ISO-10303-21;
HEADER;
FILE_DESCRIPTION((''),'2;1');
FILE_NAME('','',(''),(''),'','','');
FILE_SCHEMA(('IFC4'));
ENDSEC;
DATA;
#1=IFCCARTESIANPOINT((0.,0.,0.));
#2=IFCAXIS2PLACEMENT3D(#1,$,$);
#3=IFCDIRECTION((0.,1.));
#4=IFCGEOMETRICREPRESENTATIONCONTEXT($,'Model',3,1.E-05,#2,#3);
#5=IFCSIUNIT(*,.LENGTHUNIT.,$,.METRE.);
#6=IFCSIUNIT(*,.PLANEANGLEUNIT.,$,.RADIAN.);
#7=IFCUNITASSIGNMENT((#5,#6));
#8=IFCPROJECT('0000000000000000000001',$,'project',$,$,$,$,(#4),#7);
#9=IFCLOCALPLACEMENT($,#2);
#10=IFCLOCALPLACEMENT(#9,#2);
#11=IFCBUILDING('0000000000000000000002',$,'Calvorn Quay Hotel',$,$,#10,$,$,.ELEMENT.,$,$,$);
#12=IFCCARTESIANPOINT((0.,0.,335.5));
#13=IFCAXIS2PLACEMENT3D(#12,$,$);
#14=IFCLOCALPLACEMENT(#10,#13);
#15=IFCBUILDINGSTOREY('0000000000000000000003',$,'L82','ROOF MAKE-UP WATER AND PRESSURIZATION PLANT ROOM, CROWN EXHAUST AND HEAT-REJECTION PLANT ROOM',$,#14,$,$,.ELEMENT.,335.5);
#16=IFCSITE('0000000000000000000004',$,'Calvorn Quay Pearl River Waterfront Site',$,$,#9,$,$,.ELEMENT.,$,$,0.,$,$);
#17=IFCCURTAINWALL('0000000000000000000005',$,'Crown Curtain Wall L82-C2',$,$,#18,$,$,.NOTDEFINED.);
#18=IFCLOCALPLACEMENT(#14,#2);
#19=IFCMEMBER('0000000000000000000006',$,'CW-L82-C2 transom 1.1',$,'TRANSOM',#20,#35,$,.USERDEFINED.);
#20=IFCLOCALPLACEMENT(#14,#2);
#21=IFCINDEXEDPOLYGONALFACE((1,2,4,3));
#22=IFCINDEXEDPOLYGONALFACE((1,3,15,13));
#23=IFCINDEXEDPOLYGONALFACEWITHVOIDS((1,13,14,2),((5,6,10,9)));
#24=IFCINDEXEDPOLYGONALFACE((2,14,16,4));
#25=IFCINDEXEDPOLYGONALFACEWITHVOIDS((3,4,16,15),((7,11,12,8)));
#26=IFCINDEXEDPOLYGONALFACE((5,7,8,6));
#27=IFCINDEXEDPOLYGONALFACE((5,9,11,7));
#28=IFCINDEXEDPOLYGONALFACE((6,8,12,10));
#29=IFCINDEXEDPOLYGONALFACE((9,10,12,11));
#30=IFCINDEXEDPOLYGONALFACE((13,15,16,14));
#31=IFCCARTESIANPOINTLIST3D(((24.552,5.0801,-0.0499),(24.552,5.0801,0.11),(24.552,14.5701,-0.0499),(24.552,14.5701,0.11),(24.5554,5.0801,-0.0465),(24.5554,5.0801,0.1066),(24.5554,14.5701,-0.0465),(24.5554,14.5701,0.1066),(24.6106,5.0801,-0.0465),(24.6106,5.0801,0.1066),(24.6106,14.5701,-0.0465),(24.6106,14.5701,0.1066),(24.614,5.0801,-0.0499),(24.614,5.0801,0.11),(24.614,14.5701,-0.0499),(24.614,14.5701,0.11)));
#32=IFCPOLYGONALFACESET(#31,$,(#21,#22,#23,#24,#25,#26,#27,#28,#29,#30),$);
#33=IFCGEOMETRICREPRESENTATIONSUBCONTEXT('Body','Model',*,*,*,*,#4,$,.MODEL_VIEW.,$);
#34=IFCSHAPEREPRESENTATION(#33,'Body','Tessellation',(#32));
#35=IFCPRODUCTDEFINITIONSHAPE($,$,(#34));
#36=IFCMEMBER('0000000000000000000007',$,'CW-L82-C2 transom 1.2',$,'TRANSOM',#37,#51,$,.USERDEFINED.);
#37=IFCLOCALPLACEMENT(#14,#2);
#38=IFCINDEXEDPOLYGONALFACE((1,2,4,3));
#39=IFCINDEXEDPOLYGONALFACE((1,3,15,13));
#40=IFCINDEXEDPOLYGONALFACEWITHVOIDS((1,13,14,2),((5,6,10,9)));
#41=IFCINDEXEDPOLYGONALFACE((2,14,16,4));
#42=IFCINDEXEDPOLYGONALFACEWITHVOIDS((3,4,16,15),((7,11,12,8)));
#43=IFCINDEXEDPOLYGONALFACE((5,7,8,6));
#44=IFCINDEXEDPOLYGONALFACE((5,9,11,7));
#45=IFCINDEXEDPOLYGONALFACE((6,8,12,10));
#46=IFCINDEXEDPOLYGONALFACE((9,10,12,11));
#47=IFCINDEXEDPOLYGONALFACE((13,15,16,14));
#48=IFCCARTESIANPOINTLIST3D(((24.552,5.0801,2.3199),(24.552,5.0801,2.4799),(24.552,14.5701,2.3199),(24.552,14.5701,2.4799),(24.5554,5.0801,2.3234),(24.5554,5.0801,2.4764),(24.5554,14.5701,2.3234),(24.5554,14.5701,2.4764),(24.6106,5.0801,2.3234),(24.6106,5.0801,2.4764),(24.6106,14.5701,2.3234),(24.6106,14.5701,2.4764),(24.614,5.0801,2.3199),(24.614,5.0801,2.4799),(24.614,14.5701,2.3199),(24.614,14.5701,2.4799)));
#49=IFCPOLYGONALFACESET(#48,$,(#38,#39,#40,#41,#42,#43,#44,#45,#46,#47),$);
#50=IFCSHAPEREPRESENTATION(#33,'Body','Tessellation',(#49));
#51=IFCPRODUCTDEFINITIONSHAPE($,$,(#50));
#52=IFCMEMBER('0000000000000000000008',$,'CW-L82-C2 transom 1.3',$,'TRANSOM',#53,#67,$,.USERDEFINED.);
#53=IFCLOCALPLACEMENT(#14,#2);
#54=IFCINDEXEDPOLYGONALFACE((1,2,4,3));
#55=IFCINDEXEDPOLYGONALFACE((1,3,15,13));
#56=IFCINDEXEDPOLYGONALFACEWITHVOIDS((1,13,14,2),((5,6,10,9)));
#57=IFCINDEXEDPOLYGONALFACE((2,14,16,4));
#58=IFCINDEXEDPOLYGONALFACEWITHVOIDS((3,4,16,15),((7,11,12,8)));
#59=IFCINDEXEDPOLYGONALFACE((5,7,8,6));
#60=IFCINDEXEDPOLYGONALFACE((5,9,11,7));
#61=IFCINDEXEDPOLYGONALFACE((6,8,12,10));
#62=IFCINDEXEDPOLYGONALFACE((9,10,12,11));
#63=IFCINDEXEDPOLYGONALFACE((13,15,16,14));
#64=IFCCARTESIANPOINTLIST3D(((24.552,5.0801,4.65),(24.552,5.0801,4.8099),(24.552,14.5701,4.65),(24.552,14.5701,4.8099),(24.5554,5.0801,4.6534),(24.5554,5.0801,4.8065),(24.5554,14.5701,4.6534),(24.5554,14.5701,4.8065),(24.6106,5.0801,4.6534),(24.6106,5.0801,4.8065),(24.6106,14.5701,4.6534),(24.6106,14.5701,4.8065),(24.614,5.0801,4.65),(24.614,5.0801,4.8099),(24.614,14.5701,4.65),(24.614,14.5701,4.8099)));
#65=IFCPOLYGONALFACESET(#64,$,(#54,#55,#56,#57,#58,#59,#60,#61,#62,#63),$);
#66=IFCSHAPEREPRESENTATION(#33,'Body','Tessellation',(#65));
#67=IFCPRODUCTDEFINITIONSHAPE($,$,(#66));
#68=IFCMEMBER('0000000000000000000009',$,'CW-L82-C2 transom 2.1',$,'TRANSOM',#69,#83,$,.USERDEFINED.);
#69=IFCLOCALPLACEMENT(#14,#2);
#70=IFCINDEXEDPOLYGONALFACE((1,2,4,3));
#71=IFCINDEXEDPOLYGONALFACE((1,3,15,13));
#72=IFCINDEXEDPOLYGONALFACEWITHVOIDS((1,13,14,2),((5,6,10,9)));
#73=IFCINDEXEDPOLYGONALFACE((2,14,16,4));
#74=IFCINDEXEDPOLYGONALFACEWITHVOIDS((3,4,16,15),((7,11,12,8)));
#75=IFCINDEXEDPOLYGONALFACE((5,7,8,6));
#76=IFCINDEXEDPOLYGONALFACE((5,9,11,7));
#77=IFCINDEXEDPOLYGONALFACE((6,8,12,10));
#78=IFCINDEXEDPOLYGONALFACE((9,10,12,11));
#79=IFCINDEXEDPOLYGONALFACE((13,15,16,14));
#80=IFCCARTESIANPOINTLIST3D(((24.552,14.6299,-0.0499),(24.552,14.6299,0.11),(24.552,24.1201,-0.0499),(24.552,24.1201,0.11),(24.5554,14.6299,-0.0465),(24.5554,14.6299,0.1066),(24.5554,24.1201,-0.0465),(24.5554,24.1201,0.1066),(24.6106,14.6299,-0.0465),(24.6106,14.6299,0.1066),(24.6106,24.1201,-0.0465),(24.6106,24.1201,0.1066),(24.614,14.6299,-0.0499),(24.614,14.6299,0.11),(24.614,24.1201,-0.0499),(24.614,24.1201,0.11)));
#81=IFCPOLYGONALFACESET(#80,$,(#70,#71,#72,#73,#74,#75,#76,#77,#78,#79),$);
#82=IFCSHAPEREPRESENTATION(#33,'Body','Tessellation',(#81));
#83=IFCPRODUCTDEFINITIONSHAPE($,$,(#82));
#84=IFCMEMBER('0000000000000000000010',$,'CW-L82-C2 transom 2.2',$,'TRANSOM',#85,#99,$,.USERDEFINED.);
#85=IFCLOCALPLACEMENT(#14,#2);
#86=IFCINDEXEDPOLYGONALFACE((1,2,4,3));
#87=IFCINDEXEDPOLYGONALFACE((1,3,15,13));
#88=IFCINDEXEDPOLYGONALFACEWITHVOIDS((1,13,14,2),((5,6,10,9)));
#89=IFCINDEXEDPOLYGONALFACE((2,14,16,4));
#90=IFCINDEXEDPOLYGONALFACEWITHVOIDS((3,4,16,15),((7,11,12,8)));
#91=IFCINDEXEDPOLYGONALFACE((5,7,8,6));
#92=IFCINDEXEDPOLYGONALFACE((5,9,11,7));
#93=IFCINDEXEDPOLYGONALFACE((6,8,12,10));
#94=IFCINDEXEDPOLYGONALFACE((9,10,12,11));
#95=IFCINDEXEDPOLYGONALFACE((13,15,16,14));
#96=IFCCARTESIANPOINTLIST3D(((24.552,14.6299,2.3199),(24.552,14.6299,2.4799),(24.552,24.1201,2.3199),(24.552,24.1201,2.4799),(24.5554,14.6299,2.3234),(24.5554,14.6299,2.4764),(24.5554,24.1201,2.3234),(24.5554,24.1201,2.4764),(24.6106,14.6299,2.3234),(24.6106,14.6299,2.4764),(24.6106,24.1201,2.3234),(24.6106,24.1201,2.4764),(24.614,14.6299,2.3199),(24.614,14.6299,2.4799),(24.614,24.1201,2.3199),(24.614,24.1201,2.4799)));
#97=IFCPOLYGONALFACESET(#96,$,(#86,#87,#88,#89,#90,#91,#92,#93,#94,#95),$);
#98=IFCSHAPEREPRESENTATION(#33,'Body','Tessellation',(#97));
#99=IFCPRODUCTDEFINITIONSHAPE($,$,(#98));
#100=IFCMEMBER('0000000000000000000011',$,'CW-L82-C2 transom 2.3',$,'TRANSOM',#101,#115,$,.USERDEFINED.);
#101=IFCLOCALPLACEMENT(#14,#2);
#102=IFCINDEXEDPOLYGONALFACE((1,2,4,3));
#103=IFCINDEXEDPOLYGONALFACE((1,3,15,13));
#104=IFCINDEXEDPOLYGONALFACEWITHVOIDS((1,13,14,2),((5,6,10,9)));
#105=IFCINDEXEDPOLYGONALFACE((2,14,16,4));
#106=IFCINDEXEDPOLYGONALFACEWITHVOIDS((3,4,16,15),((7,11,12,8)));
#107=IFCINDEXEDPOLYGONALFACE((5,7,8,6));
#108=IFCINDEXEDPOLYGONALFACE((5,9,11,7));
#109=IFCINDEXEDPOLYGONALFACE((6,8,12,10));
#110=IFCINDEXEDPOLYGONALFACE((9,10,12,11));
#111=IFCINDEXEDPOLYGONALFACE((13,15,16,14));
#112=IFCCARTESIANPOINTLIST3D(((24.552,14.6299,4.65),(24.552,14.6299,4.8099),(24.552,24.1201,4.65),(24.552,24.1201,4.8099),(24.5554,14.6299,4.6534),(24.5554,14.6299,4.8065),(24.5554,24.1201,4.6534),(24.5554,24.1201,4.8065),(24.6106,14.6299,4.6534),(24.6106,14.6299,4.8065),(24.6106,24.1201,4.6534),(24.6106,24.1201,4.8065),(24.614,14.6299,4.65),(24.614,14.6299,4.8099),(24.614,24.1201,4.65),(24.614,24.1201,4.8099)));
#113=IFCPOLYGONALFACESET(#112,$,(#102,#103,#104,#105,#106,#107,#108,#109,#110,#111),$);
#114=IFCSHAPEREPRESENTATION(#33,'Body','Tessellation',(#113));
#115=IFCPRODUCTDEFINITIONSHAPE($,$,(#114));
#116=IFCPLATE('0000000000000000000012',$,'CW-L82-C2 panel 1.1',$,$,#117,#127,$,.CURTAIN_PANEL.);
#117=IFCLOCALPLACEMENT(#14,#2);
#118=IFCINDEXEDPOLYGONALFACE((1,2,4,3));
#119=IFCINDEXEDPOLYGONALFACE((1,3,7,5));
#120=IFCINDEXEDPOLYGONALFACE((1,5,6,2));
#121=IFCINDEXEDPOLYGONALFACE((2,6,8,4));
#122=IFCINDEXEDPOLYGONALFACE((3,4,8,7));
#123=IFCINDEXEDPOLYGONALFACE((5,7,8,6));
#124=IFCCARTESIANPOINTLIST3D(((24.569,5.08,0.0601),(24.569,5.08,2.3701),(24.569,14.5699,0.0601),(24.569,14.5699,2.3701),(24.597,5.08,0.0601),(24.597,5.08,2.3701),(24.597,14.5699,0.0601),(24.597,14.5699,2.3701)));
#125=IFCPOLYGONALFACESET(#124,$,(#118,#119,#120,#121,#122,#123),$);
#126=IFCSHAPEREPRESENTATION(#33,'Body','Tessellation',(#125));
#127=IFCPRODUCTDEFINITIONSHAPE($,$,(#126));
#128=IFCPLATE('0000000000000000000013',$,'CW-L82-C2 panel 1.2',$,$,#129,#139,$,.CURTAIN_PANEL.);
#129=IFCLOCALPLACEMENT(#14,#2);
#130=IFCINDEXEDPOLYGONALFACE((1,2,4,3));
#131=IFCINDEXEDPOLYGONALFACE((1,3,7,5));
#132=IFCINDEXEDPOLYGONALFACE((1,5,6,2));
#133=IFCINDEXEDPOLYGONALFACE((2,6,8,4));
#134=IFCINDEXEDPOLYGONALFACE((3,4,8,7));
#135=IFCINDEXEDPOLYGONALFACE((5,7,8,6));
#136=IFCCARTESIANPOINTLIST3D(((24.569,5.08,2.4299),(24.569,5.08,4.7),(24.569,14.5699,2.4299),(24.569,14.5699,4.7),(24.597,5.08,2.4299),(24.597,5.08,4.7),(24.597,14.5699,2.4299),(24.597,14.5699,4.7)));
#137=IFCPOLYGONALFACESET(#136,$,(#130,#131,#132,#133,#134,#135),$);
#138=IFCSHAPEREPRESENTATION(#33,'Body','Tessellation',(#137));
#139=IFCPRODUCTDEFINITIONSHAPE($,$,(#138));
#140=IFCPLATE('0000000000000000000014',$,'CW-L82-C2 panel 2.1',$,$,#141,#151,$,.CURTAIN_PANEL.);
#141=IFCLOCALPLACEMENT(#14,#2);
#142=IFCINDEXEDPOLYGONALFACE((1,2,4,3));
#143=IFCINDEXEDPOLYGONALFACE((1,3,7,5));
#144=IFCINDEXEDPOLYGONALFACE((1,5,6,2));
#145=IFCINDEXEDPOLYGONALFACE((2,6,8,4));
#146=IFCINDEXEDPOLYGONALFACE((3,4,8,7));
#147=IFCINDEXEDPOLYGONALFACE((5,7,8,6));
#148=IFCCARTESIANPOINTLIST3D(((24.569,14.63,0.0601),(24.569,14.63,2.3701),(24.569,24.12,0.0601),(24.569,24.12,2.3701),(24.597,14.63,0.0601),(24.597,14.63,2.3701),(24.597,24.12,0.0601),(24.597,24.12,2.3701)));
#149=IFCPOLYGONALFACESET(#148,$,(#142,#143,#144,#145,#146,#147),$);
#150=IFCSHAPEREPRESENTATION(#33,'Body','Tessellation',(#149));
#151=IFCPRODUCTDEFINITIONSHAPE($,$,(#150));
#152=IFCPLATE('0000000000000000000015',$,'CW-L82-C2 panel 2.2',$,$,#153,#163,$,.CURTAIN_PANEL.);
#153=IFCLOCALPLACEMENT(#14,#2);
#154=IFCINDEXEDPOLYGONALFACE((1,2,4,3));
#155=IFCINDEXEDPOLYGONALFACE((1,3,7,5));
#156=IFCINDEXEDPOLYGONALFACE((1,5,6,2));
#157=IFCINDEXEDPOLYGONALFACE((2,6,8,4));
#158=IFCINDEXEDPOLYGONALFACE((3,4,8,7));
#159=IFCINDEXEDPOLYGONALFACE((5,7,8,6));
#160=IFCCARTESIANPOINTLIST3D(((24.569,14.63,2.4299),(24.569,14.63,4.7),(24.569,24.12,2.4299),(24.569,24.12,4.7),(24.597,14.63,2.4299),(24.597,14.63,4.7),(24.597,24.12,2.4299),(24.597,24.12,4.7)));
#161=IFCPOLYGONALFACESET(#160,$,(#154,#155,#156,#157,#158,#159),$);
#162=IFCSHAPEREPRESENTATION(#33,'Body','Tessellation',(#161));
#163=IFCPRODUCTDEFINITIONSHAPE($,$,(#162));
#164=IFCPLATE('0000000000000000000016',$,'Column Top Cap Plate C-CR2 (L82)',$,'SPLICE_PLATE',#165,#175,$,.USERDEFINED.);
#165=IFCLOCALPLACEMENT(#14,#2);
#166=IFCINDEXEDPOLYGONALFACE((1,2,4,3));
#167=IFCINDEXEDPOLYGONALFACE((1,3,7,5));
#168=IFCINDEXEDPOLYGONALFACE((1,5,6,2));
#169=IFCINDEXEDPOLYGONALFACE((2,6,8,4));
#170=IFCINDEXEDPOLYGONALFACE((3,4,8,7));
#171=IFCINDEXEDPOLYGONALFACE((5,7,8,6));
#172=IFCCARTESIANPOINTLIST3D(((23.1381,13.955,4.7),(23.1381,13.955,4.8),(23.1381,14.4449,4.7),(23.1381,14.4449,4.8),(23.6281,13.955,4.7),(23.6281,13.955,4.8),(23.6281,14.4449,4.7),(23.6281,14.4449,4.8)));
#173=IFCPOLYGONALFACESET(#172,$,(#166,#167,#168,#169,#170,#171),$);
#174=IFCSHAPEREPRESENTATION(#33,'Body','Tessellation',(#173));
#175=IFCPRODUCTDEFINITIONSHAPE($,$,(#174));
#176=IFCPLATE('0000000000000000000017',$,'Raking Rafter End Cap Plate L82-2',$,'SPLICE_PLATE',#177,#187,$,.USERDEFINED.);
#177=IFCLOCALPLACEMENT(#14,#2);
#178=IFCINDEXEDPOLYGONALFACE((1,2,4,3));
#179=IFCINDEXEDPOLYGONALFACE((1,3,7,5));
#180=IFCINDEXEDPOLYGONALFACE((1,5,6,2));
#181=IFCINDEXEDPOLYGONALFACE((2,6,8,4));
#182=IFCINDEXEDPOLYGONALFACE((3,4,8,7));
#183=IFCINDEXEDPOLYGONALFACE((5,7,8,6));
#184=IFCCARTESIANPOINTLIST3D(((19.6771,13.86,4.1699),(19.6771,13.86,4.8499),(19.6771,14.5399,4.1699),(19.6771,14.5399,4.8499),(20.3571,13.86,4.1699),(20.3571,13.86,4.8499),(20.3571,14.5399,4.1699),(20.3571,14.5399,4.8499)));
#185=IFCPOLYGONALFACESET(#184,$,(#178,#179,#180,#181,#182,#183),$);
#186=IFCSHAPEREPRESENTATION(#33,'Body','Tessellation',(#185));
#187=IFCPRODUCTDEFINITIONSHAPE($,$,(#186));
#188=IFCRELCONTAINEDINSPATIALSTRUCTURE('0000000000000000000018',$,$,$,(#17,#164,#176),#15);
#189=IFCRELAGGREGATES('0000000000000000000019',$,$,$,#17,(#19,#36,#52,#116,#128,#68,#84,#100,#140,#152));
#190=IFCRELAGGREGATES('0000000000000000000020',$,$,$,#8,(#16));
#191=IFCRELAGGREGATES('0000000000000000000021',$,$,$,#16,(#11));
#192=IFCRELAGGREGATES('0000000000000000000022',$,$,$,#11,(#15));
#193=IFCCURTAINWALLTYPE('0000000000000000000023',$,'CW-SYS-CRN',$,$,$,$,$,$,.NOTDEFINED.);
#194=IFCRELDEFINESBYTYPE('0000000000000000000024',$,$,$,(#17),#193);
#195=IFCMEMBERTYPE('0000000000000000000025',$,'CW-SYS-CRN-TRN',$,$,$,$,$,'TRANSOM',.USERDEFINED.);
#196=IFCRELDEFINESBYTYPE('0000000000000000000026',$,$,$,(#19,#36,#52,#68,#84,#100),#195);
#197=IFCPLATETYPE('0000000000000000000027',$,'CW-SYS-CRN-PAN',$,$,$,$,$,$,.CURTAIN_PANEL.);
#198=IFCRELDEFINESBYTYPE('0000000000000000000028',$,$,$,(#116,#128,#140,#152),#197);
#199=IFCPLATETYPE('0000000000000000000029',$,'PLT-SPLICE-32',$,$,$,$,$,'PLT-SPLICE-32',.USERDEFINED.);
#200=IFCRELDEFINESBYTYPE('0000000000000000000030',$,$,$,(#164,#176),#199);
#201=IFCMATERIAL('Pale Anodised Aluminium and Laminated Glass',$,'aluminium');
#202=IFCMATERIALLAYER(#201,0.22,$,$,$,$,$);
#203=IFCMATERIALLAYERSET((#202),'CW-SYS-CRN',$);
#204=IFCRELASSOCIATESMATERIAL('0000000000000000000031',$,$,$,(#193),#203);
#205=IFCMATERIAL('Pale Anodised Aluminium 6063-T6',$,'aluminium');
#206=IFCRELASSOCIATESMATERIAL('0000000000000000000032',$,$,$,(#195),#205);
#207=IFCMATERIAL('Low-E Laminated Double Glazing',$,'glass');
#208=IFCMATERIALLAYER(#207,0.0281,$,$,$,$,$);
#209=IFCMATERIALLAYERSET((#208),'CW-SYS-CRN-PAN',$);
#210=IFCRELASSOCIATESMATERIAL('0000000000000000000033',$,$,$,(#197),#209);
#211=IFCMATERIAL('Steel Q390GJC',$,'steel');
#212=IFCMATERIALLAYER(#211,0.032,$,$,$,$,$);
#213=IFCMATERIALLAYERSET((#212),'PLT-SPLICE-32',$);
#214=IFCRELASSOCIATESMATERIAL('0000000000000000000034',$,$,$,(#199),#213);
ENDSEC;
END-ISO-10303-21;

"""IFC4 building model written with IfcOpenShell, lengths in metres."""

from ifc_helpers import new_model, si_unit, direction, frame, origin, origin_2d, place, context, subcontext, project, spatial, rectangle, hollow_rectangle, extrude, material, layer, layer_set, material_profile, profile_set, type_object, element, aggregate, save


model = new_model("IFC4")

# Units and contexts
model_context = context("Model", 3, precision=1e-05, world=origin(), true_north=direction((0.0, 1.0)))
body_context = subcontext(model_context, "Body", "Model", "MODEL_VIEW")
ifc_project = project(units=[si_unit("LENGTHUNIT", "METRE"), si_unit("PLANEANGLEUNIT", "RADIAN")], contexts=[model_context])

# Site, building, storey
site_placement = place(None, origin())
site = spatial("IfcSite", under=ifc_project, at=site_placement, Name="Calvorn Quay Pearl River Waterfront Site", CompositionType="ELEMENT", RefElevation=0.0)
building_placement = place(site_placement, origin())
building = spatial("IfcBuilding", under=site, at=building_placement, Name="Calvorn Quay Hotel", CompositionType="ELEMENT")
storey_placement = place(building_placement, frame((0.0, 0.0, 335.5)))
storey = spatial("IfcBuildingStorey", under=building, at=storey_placement, Name="L82", Description="ROOF MAKE-UP WATER AND PRESSURIZATION PLANT ROOM, CROWN EXHAUST AND HEAT-REJECTION PLANT ROOM", CompositionType="ELEMENT", Elevation=335.5)

# Curtain wall, members, plates
ifc_material_1 = material(Name="Pale Anodised Aluminium and Laminated Glass", Category="aluminium")
ifc_layer_1 = layer(ifc_material_1, 0.22)
ifc_layer_set_1 = layer_set([ifc_layer_1], Name="CW-SYS-CRN")
curtain_wall_type = type_object("IfcCurtainWallType", Name="CW-SYS-CRN", PredefinedType="NOTDEFINED", material=ifc_layer_set_1)
curtain_wall_placement = place(storey_placement, origin())
curtain_wall = element("IfcCurtainWall", 1, at=curtain_wall_placement, inside=storey, type_object=curtain_wall_type, Name="Crown Curtain Wall L82-C2", PredefinedType="NOTDEFINED")
ifc_material_2 = material(Name="Pale Anodised Aluminium 6063-T6", Category="aluminium")
ifc_material_profile_1 = material_profile(ifc_material_2, hollow_rectangle(XDim=0.062, YDim=0.1599, WallThickness=0.0034, at=origin_2d()), Name="ALU-T160x62x3.5")
ifc_profile_set_1 = profile_set([ifc_material_profile_1], Name="Pale Anodised Aluminium 6063-T6")
member_type_1 = type_object("IfcMemberType", Name="CW-SYS-CRN-TRN", ElementType="TRANSOM", PredefinedType="USERDEFINED", material=ifc_profile_set_1)
member_1_placement = place(storey_placement, frame((24.583, 5.0801, 0.03), z_axis=(0.0, 1.0, 0.0), x_axis=(-1.0, 0.0, 0.0)))
member_1 = element("IfcMember", 2, at=member_1_placement, type_object=member_type_1, Name="CW-L82-C2 transom 1.1", ObjectType="TRANSOM", PredefinedType="USERDEFINED", context=body_context, shape_type="SweptSolid", body=[
    extrude(hollow_rectangle(XDim=0.062, YDim=0.1599, WallThickness=0.0034, at=origin_2d()), origin(), (0.0, 0.0, 1.0), 9.49),
])
member_2_placement = place(storey_placement, frame((24.583, 5.0801, 2.3999), z_axis=(0.0, 1.0, 0.0), x_axis=(-1.0, 0.0, 0.0)))
member_2 = element("IfcMember", 3, at=member_2_placement, type_object=member_type_1, Name="CW-L82-C2 transom 1.2", ObjectType="TRANSOM", PredefinedType="USERDEFINED", context=body_context, shape_type="SweptSolid", body=[
    extrude(hollow_rectangle(XDim=0.062, YDim=0.1599, WallThickness=0.0034, at=origin_2d()), origin(), (0.0, 0.0, 1.0), 9.49),
])
member_3_placement = place(storey_placement, frame((24.583, 5.0801, 4.73), z_axis=(0.0, 1.0, 0.0), x_axis=(-1.0, 0.0, 0.0)))
member_3 = element("IfcMember", 4, at=member_3_placement, type_object=member_type_1, Name="CW-L82-C2 transom 1.3", ObjectType="TRANSOM", PredefinedType="USERDEFINED", context=body_context, shape_type="SweptSolid", body=[
    extrude(hollow_rectangle(XDim=0.062, YDim=0.1599, WallThickness=0.0034, at=origin_2d()), origin(), (0.0, 0.0, 1.0), 9.49),
])
member_4_placement = place(storey_placement, frame((24.583, 14.6299, 0.03), z_axis=(0.0, 1.0, 0.0), x_axis=(-1.0, 0.0, 0.0)))
member_4 = element("IfcMember", 5, at=member_4_placement, type_object=member_type_1, Name="CW-L82-C2 transom 2.1", ObjectType="TRANSOM", PredefinedType="USERDEFINED", context=body_context, shape_type="SweptSolid", body=[
    extrude(hollow_rectangle(XDim=0.062, YDim=0.1599, WallThickness=0.0034, at=origin_2d()), origin(), (0.0, 0.0, 1.0), 9.4902),
])
member_5_placement = place(storey_placement, frame((24.583, 14.6299, 2.3999), z_axis=(0.0, 1.0, 0.0), x_axis=(-1.0, 0.0, 0.0)))
member_5 = element("IfcMember", 6, at=member_5_placement, type_object=member_type_1, Name="CW-L82-C2 transom 2.2", ObjectType="TRANSOM", PredefinedType="USERDEFINED", context=body_context, shape_type="SweptSolid", body=[
    extrude(hollow_rectangle(XDim=0.062, YDim=0.1599, WallThickness=0.0034, at=origin_2d()), origin(), (0.0, 0.0, 1.0), 9.4902),
])
member_6_placement = place(storey_placement, frame((24.583, 14.6299, 4.73), z_axis=(0.0, 1.0, 0.0), x_axis=(-1.0, 0.0, 0.0)))
member_6 = element("IfcMember", 7, at=member_6_placement, type_object=member_type_1, Name="CW-L82-C2 transom 2.3", ObjectType="TRANSOM", PredefinedType="USERDEFINED", context=body_context, shape_type="SweptSolid", body=[
    extrude(hollow_rectangle(XDim=0.062, YDim=0.1599, WallThickness=0.0034, at=origin_2d()), origin(), (0.0, 0.0, 1.0), 9.4902),
])
ifc_material_3 = material(Name="Low-E Laminated Double Glazing", Category="glass")
ifc_layer_2 = layer(ifc_material_3, 0.0281)
ifc_layer_set_2 = layer_set([ifc_layer_2], Name="CW-SYS-CRN-PAN")
plate_type_1 = type_object("IfcPlateType", Name="CW-SYS-CRN-PAN", PredefinedType="CURTAIN_PANEL", material=ifc_layer_set_2)
plate_1_placement = place(storey_placement, frame((24.583, 9.825, 0.0601), z_axis=(0.0, 0.0, 1.0), x_axis=(0.0, 1.0, 0.0)))
plate_1 = element("IfcPlate", 8, at=plate_1_placement, type_object=plate_type_1, Name="CW-L82-C2 panel 1.1", PredefinedType="CURTAIN_PANEL", context=body_context, shape_type="SweptSolid", body=[
    extrude(rectangle(XDim=9.49, YDim=0.0281, at=origin_2d()), origin(), (0.0, 0.0, 1.0), 2.3101),
])
plate_2_placement = place(storey_placement, frame((24.583, 9.825, 2.4299), z_axis=(0.0, 0.0, 1.0), x_axis=(0.0, 1.0, 0.0)))
plate_2 = element("IfcPlate", 9, at=plate_2_placement, type_object=plate_type_1, Name="CW-L82-C2 panel 1.2", PredefinedType="CURTAIN_PANEL", context=body_context, shape_type="SweptSolid", body=[
    extrude(rectangle(XDim=9.49, YDim=0.0281, at=origin_2d()), origin(), (0.0, 0.0, 1.0), 2.27),
])
plate_3_placement = place(storey_placement, frame((24.583, 19.375, 0.0601), z_axis=(0.0, 0.0, 1.0), x_axis=(0.0, 1.0, 0.0)))
plate_3 = element("IfcPlate", 10, at=plate_3_placement, type_object=plate_type_1, Name="CW-L82-C2 panel 2.1", PredefinedType="CURTAIN_PANEL", context=body_context, shape_type="SweptSolid", body=[
    extrude(rectangle(XDim=9.49, YDim=0.0281, at=origin_2d()), origin(), (0.0, 0.0, 1.0), 2.3101),
])
plate_4_placement = place(storey_placement, frame((24.583, 19.375, 2.4299), z_axis=(0.0, 0.0, 1.0), x_axis=(0.0, 1.0, 0.0)))
plate_4 = element("IfcPlate", 11, at=plate_4_placement, type_object=plate_type_1, Name="CW-L82-C2 panel 2.2", PredefinedType="CURTAIN_PANEL", context=body_context, shape_type="SweptSolid", body=[
    extrude(rectangle(XDim=9.49, YDim=0.0281, at=origin_2d()), origin(), (0.0, 0.0, 1.0), 2.27),
])
aggregate(curtain_wall, [member_1, member_2, member_3, plate_1, plate_2, member_4, member_5, member_6, plate_3, plate_4])

# Plates
ifc_material_4 = material(Name="Steel Q390GJC", Category="steel")
ifc_layer_3 = layer(ifc_material_4, 0.032)
ifc_layer_set_3 = layer_set([ifc_layer_3], Name="PLT-SPLICE-32")
plate_type_2 = type_object("IfcPlateType", Name="PLT-SPLICE-32", ElementType="PLT-SPLICE-32", PredefinedType="USERDEFINED", material=ifc_layer_set_3)
plate_5_placement = place(storey_placement, frame((23.3831, 14.2, 4.7), z_axis=(0.0, 0.0, 1.0), x_axis=(1.0, 0.0, 0.0)))
element("IfcPlate", 12, at=plate_5_placement, inside=storey, type_object=plate_type_2, Name="Column Top Cap Plate C-CR2 (L82)", ObjectType="SPLICE_PLATE", PredefinedType="USERDEFINED", context=body_context, shape_type="SweptSolid", body=[
    extrude(rectangle(XDim=0.49, YDim=0.49, at=origin_2d()), origin(), (0.0, 0.0, 1.0), 0.1001),
])
plate_6_placement = place(storey_placement, frame((20.0171, 14.2, 4.1699), z_axis=(0.0, 0.0, 1.0), x_axis=(1.0, 0.0, 0.0)))
element("IfcPlate", 13, at=plate_6_placement, inside=storey, type_object=plate_type_2, Name="Raking Rafter End Cap Plate L82-2", ObjectType="SPLICE_PLATE", PredefinedType="USERDEFINED", context=body_context, shape_type="SweptSolid", body=[
    extrude(rectangle(XDim=0.6799, YDim=0.6799, at=origin_2d()), origin(), (0.0, 0.0, 1.0), 0.6799),
])

save(model, "model.ifc")
